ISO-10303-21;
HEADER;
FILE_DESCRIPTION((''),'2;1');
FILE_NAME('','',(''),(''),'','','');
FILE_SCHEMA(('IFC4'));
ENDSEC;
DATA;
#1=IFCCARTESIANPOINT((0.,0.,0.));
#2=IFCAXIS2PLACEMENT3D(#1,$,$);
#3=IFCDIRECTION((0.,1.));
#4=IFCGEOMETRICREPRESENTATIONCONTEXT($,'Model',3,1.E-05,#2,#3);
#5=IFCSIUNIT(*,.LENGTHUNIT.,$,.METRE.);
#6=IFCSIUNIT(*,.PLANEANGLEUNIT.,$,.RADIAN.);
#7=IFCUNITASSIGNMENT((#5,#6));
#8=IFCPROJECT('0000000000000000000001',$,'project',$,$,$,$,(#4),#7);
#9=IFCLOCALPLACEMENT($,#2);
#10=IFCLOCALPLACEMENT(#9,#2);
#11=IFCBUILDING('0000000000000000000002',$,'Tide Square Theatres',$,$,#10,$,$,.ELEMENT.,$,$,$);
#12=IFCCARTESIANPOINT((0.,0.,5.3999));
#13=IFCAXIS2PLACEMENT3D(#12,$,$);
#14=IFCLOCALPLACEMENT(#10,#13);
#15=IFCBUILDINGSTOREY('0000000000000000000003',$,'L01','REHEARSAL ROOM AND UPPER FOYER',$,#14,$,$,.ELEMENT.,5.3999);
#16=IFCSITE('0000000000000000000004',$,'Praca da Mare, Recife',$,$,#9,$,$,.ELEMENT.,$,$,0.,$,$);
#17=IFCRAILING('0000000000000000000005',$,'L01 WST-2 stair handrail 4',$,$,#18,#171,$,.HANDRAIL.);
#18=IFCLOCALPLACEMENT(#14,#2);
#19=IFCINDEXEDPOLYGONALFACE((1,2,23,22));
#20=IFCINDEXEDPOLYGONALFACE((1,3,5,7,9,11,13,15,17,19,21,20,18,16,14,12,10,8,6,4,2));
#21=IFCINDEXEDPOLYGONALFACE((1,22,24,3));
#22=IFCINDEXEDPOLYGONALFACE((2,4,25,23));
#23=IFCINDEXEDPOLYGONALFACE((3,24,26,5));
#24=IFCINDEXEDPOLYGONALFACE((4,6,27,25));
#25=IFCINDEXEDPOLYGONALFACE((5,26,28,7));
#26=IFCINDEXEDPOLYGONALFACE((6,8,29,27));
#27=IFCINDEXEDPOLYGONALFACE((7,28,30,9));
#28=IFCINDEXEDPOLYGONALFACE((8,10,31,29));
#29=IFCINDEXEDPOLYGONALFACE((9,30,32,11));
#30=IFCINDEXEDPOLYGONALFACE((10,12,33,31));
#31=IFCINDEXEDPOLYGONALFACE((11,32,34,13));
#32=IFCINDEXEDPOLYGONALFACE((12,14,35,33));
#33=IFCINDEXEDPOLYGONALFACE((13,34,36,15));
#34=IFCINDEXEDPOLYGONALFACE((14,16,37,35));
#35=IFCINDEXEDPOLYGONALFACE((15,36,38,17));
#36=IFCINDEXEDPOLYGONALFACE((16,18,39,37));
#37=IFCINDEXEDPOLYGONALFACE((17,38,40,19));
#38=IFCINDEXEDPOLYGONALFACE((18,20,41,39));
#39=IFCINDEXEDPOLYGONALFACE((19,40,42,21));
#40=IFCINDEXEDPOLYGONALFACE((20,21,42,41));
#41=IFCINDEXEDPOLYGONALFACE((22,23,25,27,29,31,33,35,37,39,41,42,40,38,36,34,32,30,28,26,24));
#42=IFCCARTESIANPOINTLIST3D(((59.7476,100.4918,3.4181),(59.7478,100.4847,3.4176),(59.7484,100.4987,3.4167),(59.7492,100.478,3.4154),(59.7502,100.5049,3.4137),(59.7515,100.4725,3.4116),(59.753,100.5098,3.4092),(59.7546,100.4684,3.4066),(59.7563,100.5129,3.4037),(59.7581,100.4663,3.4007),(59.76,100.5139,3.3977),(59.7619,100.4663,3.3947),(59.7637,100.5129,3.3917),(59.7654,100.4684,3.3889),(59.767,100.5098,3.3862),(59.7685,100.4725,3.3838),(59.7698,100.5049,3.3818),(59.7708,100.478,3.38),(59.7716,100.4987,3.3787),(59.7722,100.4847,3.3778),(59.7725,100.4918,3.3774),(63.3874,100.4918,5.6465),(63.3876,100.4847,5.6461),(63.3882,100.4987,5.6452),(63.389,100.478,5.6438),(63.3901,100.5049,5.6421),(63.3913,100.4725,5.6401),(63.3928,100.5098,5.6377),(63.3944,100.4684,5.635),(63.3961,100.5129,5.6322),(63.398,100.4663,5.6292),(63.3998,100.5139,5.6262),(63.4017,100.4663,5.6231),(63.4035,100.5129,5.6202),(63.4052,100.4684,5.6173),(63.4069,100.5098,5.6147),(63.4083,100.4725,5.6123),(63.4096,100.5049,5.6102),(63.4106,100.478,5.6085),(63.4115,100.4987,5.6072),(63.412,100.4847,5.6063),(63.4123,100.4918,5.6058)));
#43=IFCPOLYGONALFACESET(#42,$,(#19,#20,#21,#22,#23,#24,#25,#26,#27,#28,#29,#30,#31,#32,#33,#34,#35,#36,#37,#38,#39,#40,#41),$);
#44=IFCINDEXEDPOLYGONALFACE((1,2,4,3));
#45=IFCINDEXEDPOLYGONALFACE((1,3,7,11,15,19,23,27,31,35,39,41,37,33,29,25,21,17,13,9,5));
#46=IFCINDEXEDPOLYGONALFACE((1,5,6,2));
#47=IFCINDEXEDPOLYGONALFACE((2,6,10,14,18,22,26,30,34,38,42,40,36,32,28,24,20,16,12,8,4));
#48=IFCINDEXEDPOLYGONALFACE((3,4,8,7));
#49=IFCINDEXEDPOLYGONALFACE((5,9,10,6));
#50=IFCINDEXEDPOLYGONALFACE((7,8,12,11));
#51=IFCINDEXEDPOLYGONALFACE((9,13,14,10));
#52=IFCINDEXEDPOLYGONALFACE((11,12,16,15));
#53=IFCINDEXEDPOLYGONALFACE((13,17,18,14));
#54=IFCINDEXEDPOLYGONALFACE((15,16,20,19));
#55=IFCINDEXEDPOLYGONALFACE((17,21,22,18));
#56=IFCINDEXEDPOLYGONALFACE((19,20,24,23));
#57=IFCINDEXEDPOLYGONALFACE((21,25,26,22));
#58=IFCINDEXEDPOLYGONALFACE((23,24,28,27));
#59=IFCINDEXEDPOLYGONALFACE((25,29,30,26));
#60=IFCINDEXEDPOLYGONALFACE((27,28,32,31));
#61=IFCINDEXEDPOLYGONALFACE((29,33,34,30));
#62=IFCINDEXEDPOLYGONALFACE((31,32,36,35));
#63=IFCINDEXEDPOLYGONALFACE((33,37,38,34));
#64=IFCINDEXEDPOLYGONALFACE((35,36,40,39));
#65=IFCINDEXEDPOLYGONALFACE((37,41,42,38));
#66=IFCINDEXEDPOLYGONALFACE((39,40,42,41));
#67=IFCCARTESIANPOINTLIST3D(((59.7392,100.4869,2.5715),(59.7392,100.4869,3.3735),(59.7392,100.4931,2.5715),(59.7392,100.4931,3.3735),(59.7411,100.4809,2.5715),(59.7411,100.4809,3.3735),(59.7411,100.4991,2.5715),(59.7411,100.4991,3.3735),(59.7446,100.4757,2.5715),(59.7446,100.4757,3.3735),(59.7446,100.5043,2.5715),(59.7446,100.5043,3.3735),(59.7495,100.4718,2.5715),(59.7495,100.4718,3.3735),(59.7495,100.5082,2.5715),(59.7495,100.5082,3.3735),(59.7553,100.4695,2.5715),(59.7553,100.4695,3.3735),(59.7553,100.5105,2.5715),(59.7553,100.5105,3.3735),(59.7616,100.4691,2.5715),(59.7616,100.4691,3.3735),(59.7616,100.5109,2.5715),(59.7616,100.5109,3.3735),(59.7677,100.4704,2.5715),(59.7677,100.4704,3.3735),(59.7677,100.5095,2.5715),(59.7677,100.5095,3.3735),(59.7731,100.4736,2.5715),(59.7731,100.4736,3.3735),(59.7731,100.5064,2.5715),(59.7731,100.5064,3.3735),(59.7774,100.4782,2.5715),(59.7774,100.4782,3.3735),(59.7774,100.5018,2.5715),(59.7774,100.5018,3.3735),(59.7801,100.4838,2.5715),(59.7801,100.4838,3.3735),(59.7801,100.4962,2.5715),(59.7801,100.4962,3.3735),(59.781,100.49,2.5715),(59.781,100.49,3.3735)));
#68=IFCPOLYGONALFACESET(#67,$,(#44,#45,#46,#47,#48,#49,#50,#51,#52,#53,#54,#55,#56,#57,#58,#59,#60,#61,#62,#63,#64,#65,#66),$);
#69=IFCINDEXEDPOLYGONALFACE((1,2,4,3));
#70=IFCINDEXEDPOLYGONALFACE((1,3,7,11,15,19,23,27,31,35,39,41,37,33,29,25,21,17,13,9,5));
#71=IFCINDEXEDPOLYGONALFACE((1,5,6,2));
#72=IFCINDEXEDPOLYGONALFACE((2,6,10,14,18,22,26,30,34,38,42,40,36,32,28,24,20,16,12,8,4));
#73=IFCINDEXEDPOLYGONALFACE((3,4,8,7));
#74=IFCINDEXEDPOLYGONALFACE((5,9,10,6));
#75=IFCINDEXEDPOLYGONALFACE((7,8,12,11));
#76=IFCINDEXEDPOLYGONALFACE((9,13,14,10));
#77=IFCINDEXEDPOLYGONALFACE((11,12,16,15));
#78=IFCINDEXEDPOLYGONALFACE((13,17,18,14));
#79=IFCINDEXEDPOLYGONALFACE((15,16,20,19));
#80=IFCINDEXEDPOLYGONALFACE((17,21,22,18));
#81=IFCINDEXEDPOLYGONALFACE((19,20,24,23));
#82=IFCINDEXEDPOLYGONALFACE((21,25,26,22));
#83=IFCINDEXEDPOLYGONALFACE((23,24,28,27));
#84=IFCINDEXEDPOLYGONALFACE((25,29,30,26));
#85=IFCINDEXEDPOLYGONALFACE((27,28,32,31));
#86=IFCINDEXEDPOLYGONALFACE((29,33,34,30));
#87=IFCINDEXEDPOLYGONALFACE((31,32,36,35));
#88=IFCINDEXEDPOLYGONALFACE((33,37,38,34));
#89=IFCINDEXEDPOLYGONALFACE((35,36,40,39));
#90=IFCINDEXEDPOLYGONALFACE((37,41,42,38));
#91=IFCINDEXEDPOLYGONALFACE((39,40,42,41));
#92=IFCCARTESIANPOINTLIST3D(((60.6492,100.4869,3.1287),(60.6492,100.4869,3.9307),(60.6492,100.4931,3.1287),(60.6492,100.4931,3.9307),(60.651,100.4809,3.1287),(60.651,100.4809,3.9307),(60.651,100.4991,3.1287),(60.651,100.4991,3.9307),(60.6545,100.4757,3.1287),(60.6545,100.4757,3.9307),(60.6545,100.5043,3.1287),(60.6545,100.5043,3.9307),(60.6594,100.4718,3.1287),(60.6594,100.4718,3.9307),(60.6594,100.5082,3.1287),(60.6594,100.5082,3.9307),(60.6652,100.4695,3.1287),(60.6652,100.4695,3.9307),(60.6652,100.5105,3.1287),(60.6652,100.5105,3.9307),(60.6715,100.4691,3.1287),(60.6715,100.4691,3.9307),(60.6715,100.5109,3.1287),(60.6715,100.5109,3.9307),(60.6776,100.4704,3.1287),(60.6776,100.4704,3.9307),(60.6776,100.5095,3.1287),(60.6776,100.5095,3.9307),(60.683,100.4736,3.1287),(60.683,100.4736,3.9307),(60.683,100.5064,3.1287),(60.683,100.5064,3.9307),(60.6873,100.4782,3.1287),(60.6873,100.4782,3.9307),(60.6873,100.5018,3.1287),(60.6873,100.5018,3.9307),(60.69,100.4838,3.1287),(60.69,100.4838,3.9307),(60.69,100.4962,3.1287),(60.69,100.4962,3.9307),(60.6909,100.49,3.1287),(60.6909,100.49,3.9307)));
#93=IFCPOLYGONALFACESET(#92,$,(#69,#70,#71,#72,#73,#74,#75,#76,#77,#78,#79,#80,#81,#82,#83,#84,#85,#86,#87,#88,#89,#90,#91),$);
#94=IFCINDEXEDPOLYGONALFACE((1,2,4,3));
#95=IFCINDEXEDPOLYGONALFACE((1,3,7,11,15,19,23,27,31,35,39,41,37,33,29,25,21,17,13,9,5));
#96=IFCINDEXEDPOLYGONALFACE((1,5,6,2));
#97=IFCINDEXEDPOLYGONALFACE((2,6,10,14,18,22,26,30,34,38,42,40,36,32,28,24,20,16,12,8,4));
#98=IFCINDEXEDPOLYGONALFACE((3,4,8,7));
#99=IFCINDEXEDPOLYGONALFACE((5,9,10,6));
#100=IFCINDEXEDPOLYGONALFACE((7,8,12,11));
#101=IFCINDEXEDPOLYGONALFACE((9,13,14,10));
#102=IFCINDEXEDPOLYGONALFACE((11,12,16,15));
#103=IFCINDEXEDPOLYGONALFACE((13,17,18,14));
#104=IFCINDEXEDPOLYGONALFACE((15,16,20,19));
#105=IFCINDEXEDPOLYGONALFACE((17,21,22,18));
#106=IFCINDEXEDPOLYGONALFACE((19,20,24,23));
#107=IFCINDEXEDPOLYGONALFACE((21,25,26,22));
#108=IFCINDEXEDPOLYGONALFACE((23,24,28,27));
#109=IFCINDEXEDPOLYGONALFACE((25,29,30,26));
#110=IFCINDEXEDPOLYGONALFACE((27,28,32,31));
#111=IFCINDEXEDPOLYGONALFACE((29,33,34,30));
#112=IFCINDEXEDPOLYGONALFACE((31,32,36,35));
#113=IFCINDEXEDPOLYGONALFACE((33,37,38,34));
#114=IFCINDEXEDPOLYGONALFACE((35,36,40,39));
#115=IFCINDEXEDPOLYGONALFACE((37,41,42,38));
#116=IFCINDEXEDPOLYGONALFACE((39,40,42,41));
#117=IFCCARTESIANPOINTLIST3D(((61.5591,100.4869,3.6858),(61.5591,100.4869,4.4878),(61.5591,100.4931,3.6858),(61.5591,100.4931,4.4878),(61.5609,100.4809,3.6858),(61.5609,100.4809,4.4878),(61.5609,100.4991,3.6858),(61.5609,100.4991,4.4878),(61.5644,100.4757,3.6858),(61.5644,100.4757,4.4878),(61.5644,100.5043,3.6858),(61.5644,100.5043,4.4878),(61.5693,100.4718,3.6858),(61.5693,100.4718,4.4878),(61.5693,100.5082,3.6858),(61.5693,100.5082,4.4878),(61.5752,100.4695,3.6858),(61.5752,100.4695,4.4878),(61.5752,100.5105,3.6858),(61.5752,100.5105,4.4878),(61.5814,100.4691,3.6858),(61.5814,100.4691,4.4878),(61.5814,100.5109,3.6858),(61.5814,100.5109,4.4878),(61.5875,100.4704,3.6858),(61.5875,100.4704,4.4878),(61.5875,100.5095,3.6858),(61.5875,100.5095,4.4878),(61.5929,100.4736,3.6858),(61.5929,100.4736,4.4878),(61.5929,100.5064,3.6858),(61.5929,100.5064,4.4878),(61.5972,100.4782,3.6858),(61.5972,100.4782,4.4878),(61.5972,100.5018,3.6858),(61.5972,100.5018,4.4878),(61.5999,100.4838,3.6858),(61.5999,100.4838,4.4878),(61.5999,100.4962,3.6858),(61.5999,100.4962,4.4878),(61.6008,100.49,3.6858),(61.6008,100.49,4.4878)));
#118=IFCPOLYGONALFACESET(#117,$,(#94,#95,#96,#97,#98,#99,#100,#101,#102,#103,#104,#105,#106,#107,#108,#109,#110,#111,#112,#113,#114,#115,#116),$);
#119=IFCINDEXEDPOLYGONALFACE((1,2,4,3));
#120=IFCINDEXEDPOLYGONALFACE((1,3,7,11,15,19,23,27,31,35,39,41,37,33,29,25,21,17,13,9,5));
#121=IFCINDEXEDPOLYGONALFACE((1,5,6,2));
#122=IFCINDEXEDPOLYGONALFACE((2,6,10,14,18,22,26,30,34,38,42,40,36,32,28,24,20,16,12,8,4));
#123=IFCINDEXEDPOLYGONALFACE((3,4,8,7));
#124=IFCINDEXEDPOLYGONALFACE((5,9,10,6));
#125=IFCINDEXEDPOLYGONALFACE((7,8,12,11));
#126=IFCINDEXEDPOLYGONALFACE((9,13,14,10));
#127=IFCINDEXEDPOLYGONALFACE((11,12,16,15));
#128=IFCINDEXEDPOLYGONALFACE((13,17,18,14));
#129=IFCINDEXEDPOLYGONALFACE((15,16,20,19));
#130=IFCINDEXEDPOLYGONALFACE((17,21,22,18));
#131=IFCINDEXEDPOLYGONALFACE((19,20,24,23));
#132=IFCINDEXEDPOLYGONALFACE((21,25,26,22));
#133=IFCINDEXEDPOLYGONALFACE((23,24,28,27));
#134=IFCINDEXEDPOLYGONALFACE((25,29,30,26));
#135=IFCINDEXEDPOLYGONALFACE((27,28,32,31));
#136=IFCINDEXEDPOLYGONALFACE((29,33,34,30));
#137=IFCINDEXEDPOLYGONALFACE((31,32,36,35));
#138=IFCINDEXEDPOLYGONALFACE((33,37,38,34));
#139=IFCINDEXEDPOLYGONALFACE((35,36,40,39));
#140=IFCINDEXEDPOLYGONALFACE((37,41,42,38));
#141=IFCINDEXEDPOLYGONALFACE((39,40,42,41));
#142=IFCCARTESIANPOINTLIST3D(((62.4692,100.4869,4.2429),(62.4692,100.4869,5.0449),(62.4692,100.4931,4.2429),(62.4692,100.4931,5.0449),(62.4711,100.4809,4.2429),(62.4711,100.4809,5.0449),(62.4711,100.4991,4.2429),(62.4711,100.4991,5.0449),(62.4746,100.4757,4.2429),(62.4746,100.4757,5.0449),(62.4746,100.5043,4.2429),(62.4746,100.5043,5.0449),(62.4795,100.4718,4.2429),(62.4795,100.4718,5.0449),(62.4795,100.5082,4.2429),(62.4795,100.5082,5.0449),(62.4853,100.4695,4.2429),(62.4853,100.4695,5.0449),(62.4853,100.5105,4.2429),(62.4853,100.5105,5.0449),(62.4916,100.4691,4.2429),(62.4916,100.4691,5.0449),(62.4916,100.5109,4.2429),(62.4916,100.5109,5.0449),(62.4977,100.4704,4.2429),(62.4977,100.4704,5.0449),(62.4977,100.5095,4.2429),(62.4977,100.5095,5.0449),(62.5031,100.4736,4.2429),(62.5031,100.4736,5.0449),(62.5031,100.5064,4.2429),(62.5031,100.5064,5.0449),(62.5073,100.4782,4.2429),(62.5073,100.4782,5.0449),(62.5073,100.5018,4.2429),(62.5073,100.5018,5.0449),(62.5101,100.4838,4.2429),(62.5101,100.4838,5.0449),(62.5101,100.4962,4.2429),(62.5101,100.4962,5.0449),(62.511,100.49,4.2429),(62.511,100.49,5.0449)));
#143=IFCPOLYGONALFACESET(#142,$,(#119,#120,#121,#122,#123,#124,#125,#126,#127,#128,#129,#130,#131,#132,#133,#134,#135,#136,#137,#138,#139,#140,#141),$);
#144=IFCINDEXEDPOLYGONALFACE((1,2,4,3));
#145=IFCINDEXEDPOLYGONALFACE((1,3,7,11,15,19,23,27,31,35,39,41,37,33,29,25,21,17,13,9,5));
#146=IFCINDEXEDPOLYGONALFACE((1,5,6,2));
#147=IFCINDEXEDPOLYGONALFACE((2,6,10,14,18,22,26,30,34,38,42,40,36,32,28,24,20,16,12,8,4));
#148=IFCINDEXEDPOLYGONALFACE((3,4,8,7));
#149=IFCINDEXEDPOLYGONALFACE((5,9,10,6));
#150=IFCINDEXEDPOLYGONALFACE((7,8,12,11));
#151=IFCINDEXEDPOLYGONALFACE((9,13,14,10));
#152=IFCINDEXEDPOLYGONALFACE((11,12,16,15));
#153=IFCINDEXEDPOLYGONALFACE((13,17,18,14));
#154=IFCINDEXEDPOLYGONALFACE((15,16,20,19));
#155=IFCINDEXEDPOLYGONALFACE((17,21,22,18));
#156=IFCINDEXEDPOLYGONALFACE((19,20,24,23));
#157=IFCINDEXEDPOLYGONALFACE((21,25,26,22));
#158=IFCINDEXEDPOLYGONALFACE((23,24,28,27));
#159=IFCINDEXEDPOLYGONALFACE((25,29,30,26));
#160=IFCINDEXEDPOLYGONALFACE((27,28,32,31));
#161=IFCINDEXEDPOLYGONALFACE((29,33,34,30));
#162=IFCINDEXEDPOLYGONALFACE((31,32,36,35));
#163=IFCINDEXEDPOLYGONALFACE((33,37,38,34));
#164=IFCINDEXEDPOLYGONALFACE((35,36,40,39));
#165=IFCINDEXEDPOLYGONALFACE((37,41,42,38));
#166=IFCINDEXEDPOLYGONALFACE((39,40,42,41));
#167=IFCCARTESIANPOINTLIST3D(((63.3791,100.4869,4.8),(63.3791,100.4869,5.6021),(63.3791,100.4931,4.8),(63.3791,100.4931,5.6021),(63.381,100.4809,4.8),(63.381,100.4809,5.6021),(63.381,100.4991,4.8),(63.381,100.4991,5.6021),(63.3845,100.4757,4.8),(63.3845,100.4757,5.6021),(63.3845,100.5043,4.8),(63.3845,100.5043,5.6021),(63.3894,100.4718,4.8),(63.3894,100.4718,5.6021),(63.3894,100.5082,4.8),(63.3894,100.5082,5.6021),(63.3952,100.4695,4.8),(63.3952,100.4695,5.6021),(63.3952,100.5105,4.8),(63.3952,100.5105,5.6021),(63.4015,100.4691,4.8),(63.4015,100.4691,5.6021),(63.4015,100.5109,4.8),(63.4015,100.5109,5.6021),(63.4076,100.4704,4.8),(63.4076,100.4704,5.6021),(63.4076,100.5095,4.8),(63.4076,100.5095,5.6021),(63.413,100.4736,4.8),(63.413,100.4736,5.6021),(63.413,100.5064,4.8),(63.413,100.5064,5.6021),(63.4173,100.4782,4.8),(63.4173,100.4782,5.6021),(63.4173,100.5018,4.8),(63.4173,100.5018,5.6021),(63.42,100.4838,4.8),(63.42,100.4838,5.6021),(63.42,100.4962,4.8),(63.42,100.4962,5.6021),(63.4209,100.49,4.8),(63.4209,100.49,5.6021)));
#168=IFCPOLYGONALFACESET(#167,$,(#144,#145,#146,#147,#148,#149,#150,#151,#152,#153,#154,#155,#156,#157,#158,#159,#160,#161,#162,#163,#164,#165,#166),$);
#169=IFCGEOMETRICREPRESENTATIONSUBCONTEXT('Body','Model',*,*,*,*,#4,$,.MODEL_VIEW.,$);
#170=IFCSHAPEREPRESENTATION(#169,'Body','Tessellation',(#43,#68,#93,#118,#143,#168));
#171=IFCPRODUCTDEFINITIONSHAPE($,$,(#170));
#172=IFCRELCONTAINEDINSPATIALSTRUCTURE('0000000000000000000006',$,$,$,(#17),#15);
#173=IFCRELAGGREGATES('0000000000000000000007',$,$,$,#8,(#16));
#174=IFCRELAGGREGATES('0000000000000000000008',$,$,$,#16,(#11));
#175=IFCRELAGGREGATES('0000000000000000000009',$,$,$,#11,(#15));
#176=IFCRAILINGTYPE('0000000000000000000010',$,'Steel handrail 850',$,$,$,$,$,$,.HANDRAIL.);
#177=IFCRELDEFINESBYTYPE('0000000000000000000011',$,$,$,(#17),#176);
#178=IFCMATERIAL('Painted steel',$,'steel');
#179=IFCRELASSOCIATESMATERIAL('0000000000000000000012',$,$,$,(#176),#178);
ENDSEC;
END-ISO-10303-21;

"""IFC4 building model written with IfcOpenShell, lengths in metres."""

from ifc_helpers import new_model, si_unit, direction, frame, origin, origin_2d, place, context, subcontext, project, spatial, circle, extrude, material, type_object, element, save


model = new_model("IFC4")

# Units and contexts
model_context = context("Model", 3, precision=1e-05, world=origin(), true_north=direction((0.0, 1.0)))
body_context = subcontext(model_context, "Body", "Model", "MODEL_VIEW")
ifc_project = project(units=[si_unit("LENGTHUNIT", "METRE"), si_unit("PLANEANGLEUNIT", "RADIAN")], contexts=[model_context])

# Site, building, storey
site_placement = place(None, origin())
site = spatial("IfcSite", under=ifc_project, at=site_placement, Name="Praca da Mare, Recife", CompositionType="ELEMENT", RefElevation=0.0)
building_placement = place(site_placement, origin())
building = spatial("IfcBuilding", under=site, at=building_placement, Name="Tide Square Theatres", CompositionType="ELEMENT")
storey_placement = place(building_placement, frame((0.0, 0.0, 5.3999)))
storey = spatial("IfcBuildingStorey", under=building, at=storey_placement, Name="L01", Description="REHEARSAL ROOM AND UPPER FOYER", CompositionType="ELEMENT", Elevation=5.3999)

# Railing
ifc_material_1 = material(Name="Painted steel", Category="steel")
railing_type_1 = type_object("IfcRailingType", Name="Steel handrail 850", PredefinedType="HANDRAIL", material=ifc_material_1)
for number, where, name in (
    (1, (59.76, 100.49, 2.5715), "L01 WST-2 stair handrail 4"),
):
    element("IfcRailing", number, at=place(storey_placement, frame(where)), inside=storey, type_object=railing_type_1, Name=name, PredefinedType="HANDRAIL", context=body_context, shape_type="SweptSolid", body=[
        extrude(circle(Radius=0.0239, at=origin_2d()), frame((0.0, 0.0, 0.8262), z_axis=(0.85285, 0.0, 0.522156), x_axis=(0.0, 1.0, 0.0)), (0.0, 0.0, 1.0), 4.2678),
        extrude(circle(Radius=0.021, at=origin_2d()), origin(), (0.0, 0.0, 1.0), 0.802),
        extrude(circle(Radius=0.021, at=origin_2d()), frame((0.9099, 0.0, 0.5571)), (0.0, 0.0, 1.0), 0.802),
        extrude(circle(Radius=0.021, at=origin_2d()), frame((1.8198, 0.0, 1.1143)), (0.0, 0.0, 1.0), 0.802),
        extrude(circle(Radius=0.021, at=origin_2d()), frame((2.73, 0.0, 1.6714)), (0.0, 0.0, 1.0), 0.802),
        extrude(circle(Radius=0.021, at=origin_2d()), frame((3.6399, 0.0, 2.2285)), (0.0, 0.0, 1.0), 0.802),
    ])

save(model, "model.ifc")
